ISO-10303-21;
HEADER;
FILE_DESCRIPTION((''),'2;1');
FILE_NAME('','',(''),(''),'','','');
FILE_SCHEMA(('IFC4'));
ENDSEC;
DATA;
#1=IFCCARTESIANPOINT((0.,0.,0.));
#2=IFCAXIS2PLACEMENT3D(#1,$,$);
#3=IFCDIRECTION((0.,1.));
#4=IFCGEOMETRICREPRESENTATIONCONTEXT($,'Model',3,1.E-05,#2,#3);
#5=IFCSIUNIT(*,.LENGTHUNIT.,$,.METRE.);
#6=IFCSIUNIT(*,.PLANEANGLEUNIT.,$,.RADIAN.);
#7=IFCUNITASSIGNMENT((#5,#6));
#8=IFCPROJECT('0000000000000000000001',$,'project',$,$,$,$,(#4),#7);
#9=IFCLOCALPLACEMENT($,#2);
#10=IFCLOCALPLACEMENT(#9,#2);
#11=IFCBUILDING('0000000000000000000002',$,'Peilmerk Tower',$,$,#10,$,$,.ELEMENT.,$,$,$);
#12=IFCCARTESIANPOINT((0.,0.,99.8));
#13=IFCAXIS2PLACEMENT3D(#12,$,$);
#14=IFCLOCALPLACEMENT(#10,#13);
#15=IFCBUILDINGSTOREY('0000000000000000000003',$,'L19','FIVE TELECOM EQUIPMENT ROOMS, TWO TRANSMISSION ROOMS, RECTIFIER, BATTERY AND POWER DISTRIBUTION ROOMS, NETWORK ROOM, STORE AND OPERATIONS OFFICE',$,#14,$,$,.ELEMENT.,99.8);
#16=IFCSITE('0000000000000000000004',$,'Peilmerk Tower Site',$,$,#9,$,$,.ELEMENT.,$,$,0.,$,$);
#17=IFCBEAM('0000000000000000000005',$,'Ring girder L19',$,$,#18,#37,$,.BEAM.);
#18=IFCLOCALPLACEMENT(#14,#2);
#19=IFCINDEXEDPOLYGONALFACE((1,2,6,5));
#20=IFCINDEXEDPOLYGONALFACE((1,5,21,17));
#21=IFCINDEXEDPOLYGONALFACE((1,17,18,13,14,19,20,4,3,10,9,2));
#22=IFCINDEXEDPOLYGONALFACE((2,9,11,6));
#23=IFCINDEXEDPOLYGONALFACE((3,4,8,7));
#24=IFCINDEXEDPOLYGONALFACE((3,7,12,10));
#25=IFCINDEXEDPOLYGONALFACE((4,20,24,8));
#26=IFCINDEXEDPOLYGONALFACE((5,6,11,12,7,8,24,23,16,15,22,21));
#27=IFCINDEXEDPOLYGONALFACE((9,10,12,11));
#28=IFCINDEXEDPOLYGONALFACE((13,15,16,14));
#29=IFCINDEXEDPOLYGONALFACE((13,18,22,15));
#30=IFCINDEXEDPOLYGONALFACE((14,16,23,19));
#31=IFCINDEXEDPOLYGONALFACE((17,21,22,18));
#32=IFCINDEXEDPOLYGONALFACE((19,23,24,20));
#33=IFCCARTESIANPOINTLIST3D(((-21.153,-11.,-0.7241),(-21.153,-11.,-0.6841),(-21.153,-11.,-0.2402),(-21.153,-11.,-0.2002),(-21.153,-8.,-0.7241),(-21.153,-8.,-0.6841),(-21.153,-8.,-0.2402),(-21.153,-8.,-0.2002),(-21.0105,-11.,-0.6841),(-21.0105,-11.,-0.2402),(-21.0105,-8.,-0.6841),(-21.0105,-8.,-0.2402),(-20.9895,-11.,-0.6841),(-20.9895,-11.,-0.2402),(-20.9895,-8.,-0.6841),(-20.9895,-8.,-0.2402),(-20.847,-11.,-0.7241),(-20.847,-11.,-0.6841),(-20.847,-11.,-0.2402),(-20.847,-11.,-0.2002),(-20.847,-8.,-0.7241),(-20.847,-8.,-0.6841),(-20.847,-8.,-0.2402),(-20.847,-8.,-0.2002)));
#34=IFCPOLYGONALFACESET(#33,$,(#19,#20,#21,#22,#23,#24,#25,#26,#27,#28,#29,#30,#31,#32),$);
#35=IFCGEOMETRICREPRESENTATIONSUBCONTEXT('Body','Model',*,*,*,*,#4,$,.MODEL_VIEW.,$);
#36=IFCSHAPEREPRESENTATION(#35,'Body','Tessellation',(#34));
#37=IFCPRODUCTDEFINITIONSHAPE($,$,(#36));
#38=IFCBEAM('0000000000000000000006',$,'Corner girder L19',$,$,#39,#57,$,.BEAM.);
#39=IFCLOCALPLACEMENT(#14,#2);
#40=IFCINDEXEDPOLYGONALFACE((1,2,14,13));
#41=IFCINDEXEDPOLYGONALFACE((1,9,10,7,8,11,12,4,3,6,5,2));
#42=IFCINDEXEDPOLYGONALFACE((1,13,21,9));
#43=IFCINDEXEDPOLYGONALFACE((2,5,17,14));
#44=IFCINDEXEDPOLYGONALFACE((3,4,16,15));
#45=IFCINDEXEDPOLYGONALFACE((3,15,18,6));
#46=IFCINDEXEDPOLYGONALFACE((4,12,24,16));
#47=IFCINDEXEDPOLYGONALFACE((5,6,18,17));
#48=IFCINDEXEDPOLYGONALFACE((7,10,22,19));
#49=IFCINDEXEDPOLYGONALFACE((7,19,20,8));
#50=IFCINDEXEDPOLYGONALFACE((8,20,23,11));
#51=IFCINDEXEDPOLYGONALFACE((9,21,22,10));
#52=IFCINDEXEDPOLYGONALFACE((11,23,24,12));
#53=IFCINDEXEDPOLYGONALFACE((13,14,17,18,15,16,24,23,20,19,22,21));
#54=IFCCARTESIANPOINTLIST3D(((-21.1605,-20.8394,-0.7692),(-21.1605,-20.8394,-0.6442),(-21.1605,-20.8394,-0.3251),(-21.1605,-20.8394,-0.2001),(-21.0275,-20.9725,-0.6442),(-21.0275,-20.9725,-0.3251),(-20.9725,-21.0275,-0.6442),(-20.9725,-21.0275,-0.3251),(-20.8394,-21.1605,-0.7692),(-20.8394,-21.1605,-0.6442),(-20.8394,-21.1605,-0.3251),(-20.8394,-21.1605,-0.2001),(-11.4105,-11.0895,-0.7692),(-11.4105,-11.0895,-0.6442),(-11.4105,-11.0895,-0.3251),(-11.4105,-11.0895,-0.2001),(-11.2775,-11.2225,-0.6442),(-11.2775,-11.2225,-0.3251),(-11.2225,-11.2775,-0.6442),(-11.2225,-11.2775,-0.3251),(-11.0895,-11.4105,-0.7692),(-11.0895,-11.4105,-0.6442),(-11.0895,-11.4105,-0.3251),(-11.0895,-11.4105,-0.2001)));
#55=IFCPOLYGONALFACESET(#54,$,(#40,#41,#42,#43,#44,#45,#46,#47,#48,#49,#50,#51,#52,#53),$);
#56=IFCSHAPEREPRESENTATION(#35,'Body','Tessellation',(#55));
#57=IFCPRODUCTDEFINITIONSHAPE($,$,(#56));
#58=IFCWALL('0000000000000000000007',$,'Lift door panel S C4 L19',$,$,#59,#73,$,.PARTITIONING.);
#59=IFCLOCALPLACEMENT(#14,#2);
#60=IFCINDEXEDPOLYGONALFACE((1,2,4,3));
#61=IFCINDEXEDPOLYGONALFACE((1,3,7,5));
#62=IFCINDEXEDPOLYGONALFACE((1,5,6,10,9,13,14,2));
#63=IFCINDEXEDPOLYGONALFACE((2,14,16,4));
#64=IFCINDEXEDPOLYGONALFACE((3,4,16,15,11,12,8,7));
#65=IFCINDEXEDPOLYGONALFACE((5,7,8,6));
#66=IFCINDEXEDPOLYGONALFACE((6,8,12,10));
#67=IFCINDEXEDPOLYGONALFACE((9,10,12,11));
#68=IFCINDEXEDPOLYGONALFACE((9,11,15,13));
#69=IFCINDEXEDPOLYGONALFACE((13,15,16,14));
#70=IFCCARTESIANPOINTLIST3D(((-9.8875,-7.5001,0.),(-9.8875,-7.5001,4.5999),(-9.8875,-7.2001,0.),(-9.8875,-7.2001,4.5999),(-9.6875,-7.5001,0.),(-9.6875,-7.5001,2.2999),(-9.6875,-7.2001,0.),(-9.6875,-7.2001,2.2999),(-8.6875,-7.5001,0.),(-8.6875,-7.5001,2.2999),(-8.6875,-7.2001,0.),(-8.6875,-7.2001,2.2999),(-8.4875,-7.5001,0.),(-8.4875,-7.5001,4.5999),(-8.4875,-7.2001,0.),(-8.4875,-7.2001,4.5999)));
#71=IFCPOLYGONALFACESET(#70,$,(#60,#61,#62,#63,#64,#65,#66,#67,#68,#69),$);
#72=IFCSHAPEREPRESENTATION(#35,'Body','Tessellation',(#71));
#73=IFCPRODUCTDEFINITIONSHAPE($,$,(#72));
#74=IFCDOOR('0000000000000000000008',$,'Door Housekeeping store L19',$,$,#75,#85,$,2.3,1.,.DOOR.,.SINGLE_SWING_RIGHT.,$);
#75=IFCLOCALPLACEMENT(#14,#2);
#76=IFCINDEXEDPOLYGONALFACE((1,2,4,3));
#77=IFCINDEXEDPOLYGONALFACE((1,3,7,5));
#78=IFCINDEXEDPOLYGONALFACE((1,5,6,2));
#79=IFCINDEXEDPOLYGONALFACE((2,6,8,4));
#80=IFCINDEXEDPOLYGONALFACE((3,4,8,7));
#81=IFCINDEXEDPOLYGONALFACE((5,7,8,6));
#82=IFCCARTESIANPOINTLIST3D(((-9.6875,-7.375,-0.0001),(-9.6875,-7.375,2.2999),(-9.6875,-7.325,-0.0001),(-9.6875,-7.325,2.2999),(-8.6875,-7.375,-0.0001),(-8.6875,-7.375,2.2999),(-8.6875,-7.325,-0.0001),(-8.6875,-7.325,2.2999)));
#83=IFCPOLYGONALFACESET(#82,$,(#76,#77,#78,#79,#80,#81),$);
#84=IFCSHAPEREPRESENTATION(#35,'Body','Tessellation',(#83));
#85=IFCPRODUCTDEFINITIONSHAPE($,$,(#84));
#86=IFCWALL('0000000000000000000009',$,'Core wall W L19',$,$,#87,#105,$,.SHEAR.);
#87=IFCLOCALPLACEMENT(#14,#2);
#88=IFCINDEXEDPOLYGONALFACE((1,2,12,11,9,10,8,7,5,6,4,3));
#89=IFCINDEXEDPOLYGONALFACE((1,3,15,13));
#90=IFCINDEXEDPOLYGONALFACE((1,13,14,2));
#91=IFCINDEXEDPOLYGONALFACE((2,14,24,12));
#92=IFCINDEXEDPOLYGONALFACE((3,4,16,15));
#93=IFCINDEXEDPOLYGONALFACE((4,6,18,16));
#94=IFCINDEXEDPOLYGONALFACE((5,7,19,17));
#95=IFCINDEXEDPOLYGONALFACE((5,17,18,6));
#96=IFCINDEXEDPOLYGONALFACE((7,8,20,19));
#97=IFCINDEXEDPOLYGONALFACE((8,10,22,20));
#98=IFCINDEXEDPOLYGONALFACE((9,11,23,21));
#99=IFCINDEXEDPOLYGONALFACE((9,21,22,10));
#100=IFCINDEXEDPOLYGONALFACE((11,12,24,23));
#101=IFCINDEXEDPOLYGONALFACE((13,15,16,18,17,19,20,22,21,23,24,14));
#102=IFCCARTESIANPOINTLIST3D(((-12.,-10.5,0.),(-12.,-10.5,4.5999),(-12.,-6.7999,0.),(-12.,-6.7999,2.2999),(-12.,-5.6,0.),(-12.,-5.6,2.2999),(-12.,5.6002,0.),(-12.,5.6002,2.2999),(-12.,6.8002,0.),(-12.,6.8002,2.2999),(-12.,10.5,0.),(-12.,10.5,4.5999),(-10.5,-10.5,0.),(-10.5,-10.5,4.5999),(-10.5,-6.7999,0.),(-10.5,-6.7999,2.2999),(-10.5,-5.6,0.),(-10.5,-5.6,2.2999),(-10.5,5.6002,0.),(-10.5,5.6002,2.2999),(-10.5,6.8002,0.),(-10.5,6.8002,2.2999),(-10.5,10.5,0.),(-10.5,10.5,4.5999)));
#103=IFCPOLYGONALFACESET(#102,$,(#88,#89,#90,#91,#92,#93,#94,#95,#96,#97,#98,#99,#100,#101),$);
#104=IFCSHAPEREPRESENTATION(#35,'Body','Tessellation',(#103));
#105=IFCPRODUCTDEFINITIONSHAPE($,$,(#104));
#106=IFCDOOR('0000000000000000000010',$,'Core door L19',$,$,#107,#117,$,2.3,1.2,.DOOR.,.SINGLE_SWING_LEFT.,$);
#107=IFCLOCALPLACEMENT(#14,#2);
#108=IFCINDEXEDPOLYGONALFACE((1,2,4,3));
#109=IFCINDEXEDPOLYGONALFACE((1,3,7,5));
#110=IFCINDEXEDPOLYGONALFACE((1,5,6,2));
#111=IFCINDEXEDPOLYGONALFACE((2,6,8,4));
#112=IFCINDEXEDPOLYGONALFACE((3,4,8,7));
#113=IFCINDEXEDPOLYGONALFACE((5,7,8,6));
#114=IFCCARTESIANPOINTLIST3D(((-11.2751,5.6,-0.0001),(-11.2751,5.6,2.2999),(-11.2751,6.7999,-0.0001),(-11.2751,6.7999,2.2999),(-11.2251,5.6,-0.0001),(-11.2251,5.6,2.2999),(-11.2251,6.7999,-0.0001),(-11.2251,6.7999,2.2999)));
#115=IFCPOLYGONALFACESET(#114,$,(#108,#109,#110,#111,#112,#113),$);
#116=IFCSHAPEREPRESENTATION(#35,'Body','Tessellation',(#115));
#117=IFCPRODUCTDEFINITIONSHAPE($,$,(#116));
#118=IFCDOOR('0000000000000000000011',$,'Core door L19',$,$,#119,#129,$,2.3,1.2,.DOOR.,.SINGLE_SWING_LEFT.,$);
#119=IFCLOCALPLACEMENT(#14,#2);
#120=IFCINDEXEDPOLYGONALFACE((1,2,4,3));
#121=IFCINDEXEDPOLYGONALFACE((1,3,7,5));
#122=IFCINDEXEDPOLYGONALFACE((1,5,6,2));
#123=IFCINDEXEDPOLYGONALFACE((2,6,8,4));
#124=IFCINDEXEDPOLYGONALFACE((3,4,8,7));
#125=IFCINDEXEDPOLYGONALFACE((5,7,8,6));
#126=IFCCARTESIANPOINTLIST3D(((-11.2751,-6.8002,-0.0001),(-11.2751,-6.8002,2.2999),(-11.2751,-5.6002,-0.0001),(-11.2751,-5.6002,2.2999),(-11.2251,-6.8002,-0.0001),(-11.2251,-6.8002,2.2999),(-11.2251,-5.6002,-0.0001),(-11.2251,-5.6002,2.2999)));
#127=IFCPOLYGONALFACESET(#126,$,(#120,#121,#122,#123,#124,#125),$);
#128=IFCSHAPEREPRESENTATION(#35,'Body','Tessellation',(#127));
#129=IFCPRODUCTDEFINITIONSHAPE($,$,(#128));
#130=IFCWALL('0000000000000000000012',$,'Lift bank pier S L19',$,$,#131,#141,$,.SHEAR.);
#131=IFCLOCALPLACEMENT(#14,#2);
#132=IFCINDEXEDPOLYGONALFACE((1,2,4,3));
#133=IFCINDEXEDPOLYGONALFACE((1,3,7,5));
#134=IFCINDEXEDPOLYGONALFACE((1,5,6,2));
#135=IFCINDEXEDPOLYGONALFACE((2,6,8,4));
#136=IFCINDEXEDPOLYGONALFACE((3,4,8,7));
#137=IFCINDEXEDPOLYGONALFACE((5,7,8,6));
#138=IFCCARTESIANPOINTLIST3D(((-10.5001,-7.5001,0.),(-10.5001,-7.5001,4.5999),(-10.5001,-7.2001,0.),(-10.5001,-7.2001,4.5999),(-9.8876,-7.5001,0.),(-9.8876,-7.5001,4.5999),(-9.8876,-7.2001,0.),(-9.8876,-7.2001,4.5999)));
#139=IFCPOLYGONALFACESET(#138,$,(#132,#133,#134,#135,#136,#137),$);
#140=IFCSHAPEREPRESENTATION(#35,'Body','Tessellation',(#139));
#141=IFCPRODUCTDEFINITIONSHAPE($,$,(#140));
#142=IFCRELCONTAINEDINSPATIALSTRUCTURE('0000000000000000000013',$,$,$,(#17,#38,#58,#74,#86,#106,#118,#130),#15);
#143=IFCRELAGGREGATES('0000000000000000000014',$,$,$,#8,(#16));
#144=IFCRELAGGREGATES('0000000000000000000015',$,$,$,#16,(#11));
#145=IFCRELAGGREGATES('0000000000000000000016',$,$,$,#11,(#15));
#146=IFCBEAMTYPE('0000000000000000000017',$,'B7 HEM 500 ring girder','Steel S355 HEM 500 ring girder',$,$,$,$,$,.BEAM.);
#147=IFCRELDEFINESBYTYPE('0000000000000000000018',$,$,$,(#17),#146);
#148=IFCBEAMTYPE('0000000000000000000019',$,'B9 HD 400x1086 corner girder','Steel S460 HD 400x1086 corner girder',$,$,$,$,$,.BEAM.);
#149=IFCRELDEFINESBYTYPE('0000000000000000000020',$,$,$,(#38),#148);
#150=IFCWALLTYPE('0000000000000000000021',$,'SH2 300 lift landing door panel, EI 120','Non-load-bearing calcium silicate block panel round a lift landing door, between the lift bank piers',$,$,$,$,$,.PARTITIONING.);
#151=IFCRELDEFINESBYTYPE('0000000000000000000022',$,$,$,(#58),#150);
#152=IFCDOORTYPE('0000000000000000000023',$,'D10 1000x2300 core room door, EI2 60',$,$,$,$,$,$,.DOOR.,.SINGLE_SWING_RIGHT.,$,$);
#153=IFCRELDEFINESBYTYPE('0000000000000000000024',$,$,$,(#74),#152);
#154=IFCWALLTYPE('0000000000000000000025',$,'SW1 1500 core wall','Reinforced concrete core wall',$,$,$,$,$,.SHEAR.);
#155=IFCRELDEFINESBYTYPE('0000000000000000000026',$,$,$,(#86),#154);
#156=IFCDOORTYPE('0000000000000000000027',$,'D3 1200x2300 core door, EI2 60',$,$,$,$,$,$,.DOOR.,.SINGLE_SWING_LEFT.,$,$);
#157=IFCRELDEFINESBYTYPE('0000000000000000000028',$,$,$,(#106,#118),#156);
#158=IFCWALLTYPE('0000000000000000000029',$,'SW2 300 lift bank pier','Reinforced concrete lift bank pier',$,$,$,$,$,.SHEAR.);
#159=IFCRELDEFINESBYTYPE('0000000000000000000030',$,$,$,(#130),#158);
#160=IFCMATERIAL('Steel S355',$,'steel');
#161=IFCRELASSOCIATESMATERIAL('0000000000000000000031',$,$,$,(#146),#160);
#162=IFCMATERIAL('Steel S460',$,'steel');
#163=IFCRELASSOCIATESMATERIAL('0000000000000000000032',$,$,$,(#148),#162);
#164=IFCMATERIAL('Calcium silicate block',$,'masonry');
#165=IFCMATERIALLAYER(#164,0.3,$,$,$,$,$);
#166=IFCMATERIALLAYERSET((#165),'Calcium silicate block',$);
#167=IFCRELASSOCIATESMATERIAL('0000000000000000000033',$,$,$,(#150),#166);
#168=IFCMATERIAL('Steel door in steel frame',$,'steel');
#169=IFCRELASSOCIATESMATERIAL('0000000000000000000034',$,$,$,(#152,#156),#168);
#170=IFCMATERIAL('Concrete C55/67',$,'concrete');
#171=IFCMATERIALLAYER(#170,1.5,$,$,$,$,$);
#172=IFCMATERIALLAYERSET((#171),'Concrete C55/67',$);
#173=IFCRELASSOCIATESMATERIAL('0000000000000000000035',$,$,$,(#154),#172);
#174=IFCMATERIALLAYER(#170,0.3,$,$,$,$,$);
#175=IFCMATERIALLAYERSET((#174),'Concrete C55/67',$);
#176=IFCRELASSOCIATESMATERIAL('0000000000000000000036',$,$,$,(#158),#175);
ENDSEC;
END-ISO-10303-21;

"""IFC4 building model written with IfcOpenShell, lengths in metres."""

from ifc_helpers import new_model, si_unit, direction, frame, frame_2d, origin, origin_2d, place, context, subcontext, project, spatial, rectangle, i_section, extrude, material, layer, layer_set, material_profile, profile_set, type_object, element, fill, save


model = new_model("IFC4")

# Units and contexts
model_context = context("Model", 3, precision=1e-05, world=origin(), true_north=direction((0.0, 1.0)))
body_context = subcontext(model_context, "Body", "Model", "MODEL_VIEW")
ifc_project = project(units=[si_unit("LENGTHUNIT", "METRE"), si_unit("PLANEANGLEUNIT", "RADIAN")], contexts=[model_context])

# Site, building, storey
site_placement = place(None, origin())
site = spatial("IfcSite", under=ifc_project, at=site_placement, Name="Peilmerk Tower Site", CompositionType="ELEMENT", RefElevation=0.0)
building_placement = place(site_placement, origin())
building = spatial("IfcBuilding", under=site, at=building_placement, Name="Peilmerk Tower", CompositionType="ELEMENT")
storey_placement = place(building_placement, frame((0.0, 0.0, 99.8)))
storey = spatial("IfcBuildingStorey", under=building, at=storey_placement, Name="L19", Description="FIVE TELECOM EQUIPMENT ROOMS, TWO TRANSMISSION ROOMS, RECTIFIER, BATTERY AND POWER DISTRIBUTION ROOMS, NETWORK ROOM, STORE AND OPERATIONS OFFICE", CompositionType="ELEMENT", Elevation=99.8)

# Shared definitions
ifc_material_1 = material(Name="Steel S460", Category="steel")

# Beams
ifc_material_2 = material(Name="Steel S355", Category="steel")
ifc_material_profile_1 = material_profile(ifc_material_2, i_section(OverallWidth=0.3059, OverallDepth=0.5239, WebThickness=0.021, FlangeThickness=0.04, at=origin_2d()), Name="HEM 500")
ifc_profile_set_1 = profile_set([ifc_material_profile_1], Name="Steel S355")
beam_type_1 = type_object("IfcBeamType", Name="B7 HEM 500 ring girder", Description="Steel S355 HEM 500 ring girder", PredefinedType="BEAM", material=ifc_profile_set_1)
beam_1_placement = place(storey_placement, frame((-21.0, -8.0, -0.4622), z_axis=(0.0, -1.0, 0.0), x_axis=(1.0, 0.0, 0.0)))
element("IfcBeam", 1, at=beam_1_placement, inside=storey, type_object=beam_type_1, Name="Ring girder L19", PredefinedType="BEAM", context=body_context, shape_type="SweptSolid", body=[
    extrude(i_section(OverallWidth=0.3059, OverallDepth=0.5239, WebThickness=0.021, FlangeThickness=0.04, at=origin_2d()), origin(), (0.0, 0.0, 1.0), 3.0),
])
ifc_material_profile_2 = material_profile(ifc_material_1, i_section(OverallWidth=0.4541, OverallDepth=0.5691, WebThickness=0.0779, FlangeThickness=0.125, at=origin_2d()), Name="HD 400x1086")
ifc_profile_set_2 = profile_set([ifc_material_profile_2], Name="Steel S460")
beam_type_2 = type_object("IfcBeamType", Name="B9 HD 400x1086 corner girder", Description="Steel S460 HD 400x1086 corner girder", PredefinedType="BEAM", material=ifc_profile_set_2)
beam_2_placement = place(storey_placement, frame((-11.25, -11.25, -0.4846), z_axis=(-0.707107, -0.707107, 0.0), x_axis=(0.707107, -0.707107, 0.0)))
element("IfcBeam", 2, at=beam_2_placement, inside=storey, type_object=beam_type_2, Name="Corner girder L19", PredefinedType="BEAM", context=body_context, shape_type="SweptSolid", body=[
    extrude(i_section(OverallWidth=0.4541, OverallDepth=0.5691, WebThickness=0.0779, FlangeThickness=0.125, at=origin_2d()), origin(), (0.0, 0.0, 1.0), 13.7886),
])

# Wall, opening, door
ifc_material_3 = material(Name="Calcium silicate block", Category="masonry")
ifc_layer_1 = layer(ifc_material_3, 0.3)
ifc_layer_set_1 = layer_set([ifc_layer_1], Name="Calcium silicate block")
wall_type_1 = type_object("IfcWallType", Name="SH2 300 lift landing door panel, EI 120", Description="Non-load-bearing calcium silicate block panel round a lift landing door, between the lift bank piers", PredefinedType="PARTITIONING", material=ifc_layer_set_1)
wall_1_placement = place(storey_placement, frame((-9.8875, -7.3501, 0.0), z_axis=(0.0, 0.0, 1.0), x_axis=(1.0, 0.0, 0.0)))
wall_1 = element("IfcWall", 3, at=wall_1_placement, inside=storey, type_object=wall_type_1, Name="Lift door panel S C4 L19", PredefinedType="PARTITIONING", context=body_context, shape_type="SweptSolid", body=[
    extrude(rectangle(XDim=1.3999, YDim=0.3, at=frame_2d((0.7, 0.0))), origin(), (0.0, 0.0, 1.0), 4.5999),
])
opening_1_placement = place(wall_1_placement, frame((0.2, 0.0, 0.0)))
opening_1 = element("IfcOpeningElement", 4, at=opening_1_placement, cuts=wall_1, PredefinedType="OPENING", context=body_context, shape_type="SweptSolid", body=[
    extrude(rectangle(XDim=1.0, YDim=2.3, at=frame_2d((0.5, 1.1499))), frame((0.0, 0.1599, 0.0), z_axis=(0.0, -1.0, 0.0), x_axis=(1.0, 0.0, 0.0)), (0.0, 0.0, 1.0), 0.3201),
])
ifc_material_4 = material(Name="Steel door in steel frame", Category="steel")
door_type_1 = type_object("IfcDoorType", Name="D10 1000x2300 core room door, EI2 60", OperationType="SINGLE_SWING_RIGHT", PredefinedType="DOOR", material=ifc_material_4)
door_1_placement = place(opening_1_placement, frame((1.0, 0.0, 0.0), z_axis=(0.0, 0.0, 1.0), x_axis=(-1.0, 0.0, 0.0)))
door_1 = element("IfcDoor", 5, at=door_1_placement, inside=storey, type_object=door_type_1, Name="Door Housekeeping store L19", OperationType="SINGLE_SWING_RIGHT", OverallHeight=2.3, OverallWidth=1.0, PredefinedType="DOOR", context=body_context, shape_type="SweptSolid", body=[
    extrude(rectangle(XDim=1.0, YDim=2.3, at=frame_2d((0.5, 1.1499))), frame((0.0, 0.0249, 0.0), z_axis=(0.0, -1.0, 0.0), x_axis=(1.0, 0.0, 0.0)), (0.0, 0.0, 1.0), 0.05),
])
fill(opening_1, door_1)

# Wall, openings, doors
ifc_material_5 = material(Name="Concrete C55/67", Category="concrete")
ifc_layer_2 = layer(ifc_material_5, 1.5)
ifc_layer_set_2 = layer_set([ifc_layer_2], Name="Concrete C55/67")
wall_type_2 = type_object("IfcWallType", Name="SW1 1500 core wall", Description="Reinforced concrete core wall", PredefinedType="SHEAR", material=ifc_layer_set_2)
wall_2_placement = place(storey_placement, frame((-11.25, -10.5, 0.0), z_axis=(0.0, 0.0, 1.0), x_axis=(0.0, 1.0, 0.0)))
wall_2 = element("IfcWall", 6, at=wall_2_placement, inside=storey, type_object=wall_type_2, Name="Core wall W L19", PredefinedType="SHEAR", context=body_context, shape_type="SweptSolid", body=[
    extrude(rectangle(XDim=21.0, YDim=1.5, at=frame_2d((10.5, 0.0))), origin(), (0.0, 0.0, 1.0), 4.5999),
])
opening_2_placement = place(wall_2_placement, frame((16.1001, 0.0, 0.0)))
opening_2 = element("IfcOpeningElement", 7, at=opening_2_placement, cuts=wall_2, PredefinedType="OPENING", context=body_context, shape_type="SweptSolid", body=[
    extrude(rectangle(XDim=1.2, YDim=2.3, at=frame_2d((0.6001, 1.1499))), frame((0.0, 0.76, 0.0), z_axis=(0.0, -1.0, 0.0), x_axis=(1.0, 0.0, 0.0)), (0.0, 0.0, 1.0), 1.52),
])
opening_3_placement = place(wall_2_placement, frame((3.7, 0.0, 0.0)))
opening_3 = element("IfcOpeningElement", 8, at=opening_3_placement, cuts=wall_2, PredefinedType="OPENING", context=body_context, shape_type="SweptSolid", body=[
    extrude(rectangle(XDim=1.2, YDim=2.3, at=frame_2d((0.6001, 1.1499))), frame((0.0, 0.76, 0.0), z_axis=(0.0, -1.0, 0.0), x_axis=(1.0, 0.0, 0.0)), (0.0, 0.0, 1.0), 1.52),
])
door_type_2 = type_object("IfcDoorType", Name="D3 1200x2300 core door, EI2 60", OperationType="SINGLE_SWING_LEFT", PredefinedType="DOOR", material=ifc_material_4)
door_2_placement = place(opening_2_placement, frame((1.2, 0.0, 0.0), z_axis=(0.0, 0.0, 1.0), x_axis=(-1.0, 0.0, 0.0)))
door_2 = element("IfcDoor", 9, at=door_2_placement, inside=storey, type_object=door_type_2, Name="Core door L19", OperationType="SINGLE_SWING_LEFT", OverallHeight=2.3, OverallWidth=1.2, PredefinedType="DOOR", context=body_context, shape_type="SweptSolid", body=[
    extrude(rectangle(XDim=1.2, YDim=2.3, at=frame_2d((0.6001, 1.1499))), frame((0.0, 0.0249, 0.0), z_axis=(0.0, -1.0, 0.0), x_axis=(1.0, 0.0, 0.0)), (0.0, 0.0, 1.0), 0.05),
])
fill(opening_2, door_2)
door_3_placement = place(opening_3_placement, frame((1.2, 0.0, 0.0), z_axis=(0.0, 0.0, 1.0), x_axis=(-1.0, 0.0, 0.0)))
door_3 = element("IfcDoor", 10, at=door_3_placement, inside=storey, type_object=door_type_2, Name="Core door L19", OperationType="SINGLE_SWING_LEFT", OverallHeight=2.3, OverallWidth=1.2, PredefinedType="DOOR", context=body_context, shape_type="SweptSolid", body=[
    extrude(rectangle(XDim=1.2, YDim=2.3, at=frame_2d((0.6001, 1.1499))), frame((0.0, 0.0249, 0.0), z_axis=(0.0, -1.0, 0.0), x_axis=(1.0, 0.0, 0.0)), (0.0, 0.0, 1.0), 0.05),
])
fill(opening_3, door_3)

# Wall
ifc_layer_3 = layer(ifc_material_5, 0.3)
ifc_layer_set_3 = layer_set([ifc_layer_3], Name="Concrete C55/67")
wall_type_3 = type_object("IfcWallType", Name="SW2 300 lift bank pier", Description="Reinforced concrete lift bank pier", PredefinedType="SHEAR", material=ifc_layer_set_3)
wall_3_placement = place(storey_placement, frame((-10.5, -7.3501, 0.0), z_axis=(0.0, 0.0, 1.0), x_axis=(1.0, 0.0, 0.0)))
element("IfcWall", 11, at=wall_3_placement, inside=storey, type_object=wall_type_3, Name="Lift bank pier S L19", PredefinedType="SHEAR", context=body_context, shape_type="SweptSolid", body=[
    extrude(rectangle(XDim=0.6125, YDim=0.3, at=frame_2d((0.3062, 0.0))), origin(), (0.0, 0.0, 1.0), 4.5999),
])

save(model, "model.ifc")
